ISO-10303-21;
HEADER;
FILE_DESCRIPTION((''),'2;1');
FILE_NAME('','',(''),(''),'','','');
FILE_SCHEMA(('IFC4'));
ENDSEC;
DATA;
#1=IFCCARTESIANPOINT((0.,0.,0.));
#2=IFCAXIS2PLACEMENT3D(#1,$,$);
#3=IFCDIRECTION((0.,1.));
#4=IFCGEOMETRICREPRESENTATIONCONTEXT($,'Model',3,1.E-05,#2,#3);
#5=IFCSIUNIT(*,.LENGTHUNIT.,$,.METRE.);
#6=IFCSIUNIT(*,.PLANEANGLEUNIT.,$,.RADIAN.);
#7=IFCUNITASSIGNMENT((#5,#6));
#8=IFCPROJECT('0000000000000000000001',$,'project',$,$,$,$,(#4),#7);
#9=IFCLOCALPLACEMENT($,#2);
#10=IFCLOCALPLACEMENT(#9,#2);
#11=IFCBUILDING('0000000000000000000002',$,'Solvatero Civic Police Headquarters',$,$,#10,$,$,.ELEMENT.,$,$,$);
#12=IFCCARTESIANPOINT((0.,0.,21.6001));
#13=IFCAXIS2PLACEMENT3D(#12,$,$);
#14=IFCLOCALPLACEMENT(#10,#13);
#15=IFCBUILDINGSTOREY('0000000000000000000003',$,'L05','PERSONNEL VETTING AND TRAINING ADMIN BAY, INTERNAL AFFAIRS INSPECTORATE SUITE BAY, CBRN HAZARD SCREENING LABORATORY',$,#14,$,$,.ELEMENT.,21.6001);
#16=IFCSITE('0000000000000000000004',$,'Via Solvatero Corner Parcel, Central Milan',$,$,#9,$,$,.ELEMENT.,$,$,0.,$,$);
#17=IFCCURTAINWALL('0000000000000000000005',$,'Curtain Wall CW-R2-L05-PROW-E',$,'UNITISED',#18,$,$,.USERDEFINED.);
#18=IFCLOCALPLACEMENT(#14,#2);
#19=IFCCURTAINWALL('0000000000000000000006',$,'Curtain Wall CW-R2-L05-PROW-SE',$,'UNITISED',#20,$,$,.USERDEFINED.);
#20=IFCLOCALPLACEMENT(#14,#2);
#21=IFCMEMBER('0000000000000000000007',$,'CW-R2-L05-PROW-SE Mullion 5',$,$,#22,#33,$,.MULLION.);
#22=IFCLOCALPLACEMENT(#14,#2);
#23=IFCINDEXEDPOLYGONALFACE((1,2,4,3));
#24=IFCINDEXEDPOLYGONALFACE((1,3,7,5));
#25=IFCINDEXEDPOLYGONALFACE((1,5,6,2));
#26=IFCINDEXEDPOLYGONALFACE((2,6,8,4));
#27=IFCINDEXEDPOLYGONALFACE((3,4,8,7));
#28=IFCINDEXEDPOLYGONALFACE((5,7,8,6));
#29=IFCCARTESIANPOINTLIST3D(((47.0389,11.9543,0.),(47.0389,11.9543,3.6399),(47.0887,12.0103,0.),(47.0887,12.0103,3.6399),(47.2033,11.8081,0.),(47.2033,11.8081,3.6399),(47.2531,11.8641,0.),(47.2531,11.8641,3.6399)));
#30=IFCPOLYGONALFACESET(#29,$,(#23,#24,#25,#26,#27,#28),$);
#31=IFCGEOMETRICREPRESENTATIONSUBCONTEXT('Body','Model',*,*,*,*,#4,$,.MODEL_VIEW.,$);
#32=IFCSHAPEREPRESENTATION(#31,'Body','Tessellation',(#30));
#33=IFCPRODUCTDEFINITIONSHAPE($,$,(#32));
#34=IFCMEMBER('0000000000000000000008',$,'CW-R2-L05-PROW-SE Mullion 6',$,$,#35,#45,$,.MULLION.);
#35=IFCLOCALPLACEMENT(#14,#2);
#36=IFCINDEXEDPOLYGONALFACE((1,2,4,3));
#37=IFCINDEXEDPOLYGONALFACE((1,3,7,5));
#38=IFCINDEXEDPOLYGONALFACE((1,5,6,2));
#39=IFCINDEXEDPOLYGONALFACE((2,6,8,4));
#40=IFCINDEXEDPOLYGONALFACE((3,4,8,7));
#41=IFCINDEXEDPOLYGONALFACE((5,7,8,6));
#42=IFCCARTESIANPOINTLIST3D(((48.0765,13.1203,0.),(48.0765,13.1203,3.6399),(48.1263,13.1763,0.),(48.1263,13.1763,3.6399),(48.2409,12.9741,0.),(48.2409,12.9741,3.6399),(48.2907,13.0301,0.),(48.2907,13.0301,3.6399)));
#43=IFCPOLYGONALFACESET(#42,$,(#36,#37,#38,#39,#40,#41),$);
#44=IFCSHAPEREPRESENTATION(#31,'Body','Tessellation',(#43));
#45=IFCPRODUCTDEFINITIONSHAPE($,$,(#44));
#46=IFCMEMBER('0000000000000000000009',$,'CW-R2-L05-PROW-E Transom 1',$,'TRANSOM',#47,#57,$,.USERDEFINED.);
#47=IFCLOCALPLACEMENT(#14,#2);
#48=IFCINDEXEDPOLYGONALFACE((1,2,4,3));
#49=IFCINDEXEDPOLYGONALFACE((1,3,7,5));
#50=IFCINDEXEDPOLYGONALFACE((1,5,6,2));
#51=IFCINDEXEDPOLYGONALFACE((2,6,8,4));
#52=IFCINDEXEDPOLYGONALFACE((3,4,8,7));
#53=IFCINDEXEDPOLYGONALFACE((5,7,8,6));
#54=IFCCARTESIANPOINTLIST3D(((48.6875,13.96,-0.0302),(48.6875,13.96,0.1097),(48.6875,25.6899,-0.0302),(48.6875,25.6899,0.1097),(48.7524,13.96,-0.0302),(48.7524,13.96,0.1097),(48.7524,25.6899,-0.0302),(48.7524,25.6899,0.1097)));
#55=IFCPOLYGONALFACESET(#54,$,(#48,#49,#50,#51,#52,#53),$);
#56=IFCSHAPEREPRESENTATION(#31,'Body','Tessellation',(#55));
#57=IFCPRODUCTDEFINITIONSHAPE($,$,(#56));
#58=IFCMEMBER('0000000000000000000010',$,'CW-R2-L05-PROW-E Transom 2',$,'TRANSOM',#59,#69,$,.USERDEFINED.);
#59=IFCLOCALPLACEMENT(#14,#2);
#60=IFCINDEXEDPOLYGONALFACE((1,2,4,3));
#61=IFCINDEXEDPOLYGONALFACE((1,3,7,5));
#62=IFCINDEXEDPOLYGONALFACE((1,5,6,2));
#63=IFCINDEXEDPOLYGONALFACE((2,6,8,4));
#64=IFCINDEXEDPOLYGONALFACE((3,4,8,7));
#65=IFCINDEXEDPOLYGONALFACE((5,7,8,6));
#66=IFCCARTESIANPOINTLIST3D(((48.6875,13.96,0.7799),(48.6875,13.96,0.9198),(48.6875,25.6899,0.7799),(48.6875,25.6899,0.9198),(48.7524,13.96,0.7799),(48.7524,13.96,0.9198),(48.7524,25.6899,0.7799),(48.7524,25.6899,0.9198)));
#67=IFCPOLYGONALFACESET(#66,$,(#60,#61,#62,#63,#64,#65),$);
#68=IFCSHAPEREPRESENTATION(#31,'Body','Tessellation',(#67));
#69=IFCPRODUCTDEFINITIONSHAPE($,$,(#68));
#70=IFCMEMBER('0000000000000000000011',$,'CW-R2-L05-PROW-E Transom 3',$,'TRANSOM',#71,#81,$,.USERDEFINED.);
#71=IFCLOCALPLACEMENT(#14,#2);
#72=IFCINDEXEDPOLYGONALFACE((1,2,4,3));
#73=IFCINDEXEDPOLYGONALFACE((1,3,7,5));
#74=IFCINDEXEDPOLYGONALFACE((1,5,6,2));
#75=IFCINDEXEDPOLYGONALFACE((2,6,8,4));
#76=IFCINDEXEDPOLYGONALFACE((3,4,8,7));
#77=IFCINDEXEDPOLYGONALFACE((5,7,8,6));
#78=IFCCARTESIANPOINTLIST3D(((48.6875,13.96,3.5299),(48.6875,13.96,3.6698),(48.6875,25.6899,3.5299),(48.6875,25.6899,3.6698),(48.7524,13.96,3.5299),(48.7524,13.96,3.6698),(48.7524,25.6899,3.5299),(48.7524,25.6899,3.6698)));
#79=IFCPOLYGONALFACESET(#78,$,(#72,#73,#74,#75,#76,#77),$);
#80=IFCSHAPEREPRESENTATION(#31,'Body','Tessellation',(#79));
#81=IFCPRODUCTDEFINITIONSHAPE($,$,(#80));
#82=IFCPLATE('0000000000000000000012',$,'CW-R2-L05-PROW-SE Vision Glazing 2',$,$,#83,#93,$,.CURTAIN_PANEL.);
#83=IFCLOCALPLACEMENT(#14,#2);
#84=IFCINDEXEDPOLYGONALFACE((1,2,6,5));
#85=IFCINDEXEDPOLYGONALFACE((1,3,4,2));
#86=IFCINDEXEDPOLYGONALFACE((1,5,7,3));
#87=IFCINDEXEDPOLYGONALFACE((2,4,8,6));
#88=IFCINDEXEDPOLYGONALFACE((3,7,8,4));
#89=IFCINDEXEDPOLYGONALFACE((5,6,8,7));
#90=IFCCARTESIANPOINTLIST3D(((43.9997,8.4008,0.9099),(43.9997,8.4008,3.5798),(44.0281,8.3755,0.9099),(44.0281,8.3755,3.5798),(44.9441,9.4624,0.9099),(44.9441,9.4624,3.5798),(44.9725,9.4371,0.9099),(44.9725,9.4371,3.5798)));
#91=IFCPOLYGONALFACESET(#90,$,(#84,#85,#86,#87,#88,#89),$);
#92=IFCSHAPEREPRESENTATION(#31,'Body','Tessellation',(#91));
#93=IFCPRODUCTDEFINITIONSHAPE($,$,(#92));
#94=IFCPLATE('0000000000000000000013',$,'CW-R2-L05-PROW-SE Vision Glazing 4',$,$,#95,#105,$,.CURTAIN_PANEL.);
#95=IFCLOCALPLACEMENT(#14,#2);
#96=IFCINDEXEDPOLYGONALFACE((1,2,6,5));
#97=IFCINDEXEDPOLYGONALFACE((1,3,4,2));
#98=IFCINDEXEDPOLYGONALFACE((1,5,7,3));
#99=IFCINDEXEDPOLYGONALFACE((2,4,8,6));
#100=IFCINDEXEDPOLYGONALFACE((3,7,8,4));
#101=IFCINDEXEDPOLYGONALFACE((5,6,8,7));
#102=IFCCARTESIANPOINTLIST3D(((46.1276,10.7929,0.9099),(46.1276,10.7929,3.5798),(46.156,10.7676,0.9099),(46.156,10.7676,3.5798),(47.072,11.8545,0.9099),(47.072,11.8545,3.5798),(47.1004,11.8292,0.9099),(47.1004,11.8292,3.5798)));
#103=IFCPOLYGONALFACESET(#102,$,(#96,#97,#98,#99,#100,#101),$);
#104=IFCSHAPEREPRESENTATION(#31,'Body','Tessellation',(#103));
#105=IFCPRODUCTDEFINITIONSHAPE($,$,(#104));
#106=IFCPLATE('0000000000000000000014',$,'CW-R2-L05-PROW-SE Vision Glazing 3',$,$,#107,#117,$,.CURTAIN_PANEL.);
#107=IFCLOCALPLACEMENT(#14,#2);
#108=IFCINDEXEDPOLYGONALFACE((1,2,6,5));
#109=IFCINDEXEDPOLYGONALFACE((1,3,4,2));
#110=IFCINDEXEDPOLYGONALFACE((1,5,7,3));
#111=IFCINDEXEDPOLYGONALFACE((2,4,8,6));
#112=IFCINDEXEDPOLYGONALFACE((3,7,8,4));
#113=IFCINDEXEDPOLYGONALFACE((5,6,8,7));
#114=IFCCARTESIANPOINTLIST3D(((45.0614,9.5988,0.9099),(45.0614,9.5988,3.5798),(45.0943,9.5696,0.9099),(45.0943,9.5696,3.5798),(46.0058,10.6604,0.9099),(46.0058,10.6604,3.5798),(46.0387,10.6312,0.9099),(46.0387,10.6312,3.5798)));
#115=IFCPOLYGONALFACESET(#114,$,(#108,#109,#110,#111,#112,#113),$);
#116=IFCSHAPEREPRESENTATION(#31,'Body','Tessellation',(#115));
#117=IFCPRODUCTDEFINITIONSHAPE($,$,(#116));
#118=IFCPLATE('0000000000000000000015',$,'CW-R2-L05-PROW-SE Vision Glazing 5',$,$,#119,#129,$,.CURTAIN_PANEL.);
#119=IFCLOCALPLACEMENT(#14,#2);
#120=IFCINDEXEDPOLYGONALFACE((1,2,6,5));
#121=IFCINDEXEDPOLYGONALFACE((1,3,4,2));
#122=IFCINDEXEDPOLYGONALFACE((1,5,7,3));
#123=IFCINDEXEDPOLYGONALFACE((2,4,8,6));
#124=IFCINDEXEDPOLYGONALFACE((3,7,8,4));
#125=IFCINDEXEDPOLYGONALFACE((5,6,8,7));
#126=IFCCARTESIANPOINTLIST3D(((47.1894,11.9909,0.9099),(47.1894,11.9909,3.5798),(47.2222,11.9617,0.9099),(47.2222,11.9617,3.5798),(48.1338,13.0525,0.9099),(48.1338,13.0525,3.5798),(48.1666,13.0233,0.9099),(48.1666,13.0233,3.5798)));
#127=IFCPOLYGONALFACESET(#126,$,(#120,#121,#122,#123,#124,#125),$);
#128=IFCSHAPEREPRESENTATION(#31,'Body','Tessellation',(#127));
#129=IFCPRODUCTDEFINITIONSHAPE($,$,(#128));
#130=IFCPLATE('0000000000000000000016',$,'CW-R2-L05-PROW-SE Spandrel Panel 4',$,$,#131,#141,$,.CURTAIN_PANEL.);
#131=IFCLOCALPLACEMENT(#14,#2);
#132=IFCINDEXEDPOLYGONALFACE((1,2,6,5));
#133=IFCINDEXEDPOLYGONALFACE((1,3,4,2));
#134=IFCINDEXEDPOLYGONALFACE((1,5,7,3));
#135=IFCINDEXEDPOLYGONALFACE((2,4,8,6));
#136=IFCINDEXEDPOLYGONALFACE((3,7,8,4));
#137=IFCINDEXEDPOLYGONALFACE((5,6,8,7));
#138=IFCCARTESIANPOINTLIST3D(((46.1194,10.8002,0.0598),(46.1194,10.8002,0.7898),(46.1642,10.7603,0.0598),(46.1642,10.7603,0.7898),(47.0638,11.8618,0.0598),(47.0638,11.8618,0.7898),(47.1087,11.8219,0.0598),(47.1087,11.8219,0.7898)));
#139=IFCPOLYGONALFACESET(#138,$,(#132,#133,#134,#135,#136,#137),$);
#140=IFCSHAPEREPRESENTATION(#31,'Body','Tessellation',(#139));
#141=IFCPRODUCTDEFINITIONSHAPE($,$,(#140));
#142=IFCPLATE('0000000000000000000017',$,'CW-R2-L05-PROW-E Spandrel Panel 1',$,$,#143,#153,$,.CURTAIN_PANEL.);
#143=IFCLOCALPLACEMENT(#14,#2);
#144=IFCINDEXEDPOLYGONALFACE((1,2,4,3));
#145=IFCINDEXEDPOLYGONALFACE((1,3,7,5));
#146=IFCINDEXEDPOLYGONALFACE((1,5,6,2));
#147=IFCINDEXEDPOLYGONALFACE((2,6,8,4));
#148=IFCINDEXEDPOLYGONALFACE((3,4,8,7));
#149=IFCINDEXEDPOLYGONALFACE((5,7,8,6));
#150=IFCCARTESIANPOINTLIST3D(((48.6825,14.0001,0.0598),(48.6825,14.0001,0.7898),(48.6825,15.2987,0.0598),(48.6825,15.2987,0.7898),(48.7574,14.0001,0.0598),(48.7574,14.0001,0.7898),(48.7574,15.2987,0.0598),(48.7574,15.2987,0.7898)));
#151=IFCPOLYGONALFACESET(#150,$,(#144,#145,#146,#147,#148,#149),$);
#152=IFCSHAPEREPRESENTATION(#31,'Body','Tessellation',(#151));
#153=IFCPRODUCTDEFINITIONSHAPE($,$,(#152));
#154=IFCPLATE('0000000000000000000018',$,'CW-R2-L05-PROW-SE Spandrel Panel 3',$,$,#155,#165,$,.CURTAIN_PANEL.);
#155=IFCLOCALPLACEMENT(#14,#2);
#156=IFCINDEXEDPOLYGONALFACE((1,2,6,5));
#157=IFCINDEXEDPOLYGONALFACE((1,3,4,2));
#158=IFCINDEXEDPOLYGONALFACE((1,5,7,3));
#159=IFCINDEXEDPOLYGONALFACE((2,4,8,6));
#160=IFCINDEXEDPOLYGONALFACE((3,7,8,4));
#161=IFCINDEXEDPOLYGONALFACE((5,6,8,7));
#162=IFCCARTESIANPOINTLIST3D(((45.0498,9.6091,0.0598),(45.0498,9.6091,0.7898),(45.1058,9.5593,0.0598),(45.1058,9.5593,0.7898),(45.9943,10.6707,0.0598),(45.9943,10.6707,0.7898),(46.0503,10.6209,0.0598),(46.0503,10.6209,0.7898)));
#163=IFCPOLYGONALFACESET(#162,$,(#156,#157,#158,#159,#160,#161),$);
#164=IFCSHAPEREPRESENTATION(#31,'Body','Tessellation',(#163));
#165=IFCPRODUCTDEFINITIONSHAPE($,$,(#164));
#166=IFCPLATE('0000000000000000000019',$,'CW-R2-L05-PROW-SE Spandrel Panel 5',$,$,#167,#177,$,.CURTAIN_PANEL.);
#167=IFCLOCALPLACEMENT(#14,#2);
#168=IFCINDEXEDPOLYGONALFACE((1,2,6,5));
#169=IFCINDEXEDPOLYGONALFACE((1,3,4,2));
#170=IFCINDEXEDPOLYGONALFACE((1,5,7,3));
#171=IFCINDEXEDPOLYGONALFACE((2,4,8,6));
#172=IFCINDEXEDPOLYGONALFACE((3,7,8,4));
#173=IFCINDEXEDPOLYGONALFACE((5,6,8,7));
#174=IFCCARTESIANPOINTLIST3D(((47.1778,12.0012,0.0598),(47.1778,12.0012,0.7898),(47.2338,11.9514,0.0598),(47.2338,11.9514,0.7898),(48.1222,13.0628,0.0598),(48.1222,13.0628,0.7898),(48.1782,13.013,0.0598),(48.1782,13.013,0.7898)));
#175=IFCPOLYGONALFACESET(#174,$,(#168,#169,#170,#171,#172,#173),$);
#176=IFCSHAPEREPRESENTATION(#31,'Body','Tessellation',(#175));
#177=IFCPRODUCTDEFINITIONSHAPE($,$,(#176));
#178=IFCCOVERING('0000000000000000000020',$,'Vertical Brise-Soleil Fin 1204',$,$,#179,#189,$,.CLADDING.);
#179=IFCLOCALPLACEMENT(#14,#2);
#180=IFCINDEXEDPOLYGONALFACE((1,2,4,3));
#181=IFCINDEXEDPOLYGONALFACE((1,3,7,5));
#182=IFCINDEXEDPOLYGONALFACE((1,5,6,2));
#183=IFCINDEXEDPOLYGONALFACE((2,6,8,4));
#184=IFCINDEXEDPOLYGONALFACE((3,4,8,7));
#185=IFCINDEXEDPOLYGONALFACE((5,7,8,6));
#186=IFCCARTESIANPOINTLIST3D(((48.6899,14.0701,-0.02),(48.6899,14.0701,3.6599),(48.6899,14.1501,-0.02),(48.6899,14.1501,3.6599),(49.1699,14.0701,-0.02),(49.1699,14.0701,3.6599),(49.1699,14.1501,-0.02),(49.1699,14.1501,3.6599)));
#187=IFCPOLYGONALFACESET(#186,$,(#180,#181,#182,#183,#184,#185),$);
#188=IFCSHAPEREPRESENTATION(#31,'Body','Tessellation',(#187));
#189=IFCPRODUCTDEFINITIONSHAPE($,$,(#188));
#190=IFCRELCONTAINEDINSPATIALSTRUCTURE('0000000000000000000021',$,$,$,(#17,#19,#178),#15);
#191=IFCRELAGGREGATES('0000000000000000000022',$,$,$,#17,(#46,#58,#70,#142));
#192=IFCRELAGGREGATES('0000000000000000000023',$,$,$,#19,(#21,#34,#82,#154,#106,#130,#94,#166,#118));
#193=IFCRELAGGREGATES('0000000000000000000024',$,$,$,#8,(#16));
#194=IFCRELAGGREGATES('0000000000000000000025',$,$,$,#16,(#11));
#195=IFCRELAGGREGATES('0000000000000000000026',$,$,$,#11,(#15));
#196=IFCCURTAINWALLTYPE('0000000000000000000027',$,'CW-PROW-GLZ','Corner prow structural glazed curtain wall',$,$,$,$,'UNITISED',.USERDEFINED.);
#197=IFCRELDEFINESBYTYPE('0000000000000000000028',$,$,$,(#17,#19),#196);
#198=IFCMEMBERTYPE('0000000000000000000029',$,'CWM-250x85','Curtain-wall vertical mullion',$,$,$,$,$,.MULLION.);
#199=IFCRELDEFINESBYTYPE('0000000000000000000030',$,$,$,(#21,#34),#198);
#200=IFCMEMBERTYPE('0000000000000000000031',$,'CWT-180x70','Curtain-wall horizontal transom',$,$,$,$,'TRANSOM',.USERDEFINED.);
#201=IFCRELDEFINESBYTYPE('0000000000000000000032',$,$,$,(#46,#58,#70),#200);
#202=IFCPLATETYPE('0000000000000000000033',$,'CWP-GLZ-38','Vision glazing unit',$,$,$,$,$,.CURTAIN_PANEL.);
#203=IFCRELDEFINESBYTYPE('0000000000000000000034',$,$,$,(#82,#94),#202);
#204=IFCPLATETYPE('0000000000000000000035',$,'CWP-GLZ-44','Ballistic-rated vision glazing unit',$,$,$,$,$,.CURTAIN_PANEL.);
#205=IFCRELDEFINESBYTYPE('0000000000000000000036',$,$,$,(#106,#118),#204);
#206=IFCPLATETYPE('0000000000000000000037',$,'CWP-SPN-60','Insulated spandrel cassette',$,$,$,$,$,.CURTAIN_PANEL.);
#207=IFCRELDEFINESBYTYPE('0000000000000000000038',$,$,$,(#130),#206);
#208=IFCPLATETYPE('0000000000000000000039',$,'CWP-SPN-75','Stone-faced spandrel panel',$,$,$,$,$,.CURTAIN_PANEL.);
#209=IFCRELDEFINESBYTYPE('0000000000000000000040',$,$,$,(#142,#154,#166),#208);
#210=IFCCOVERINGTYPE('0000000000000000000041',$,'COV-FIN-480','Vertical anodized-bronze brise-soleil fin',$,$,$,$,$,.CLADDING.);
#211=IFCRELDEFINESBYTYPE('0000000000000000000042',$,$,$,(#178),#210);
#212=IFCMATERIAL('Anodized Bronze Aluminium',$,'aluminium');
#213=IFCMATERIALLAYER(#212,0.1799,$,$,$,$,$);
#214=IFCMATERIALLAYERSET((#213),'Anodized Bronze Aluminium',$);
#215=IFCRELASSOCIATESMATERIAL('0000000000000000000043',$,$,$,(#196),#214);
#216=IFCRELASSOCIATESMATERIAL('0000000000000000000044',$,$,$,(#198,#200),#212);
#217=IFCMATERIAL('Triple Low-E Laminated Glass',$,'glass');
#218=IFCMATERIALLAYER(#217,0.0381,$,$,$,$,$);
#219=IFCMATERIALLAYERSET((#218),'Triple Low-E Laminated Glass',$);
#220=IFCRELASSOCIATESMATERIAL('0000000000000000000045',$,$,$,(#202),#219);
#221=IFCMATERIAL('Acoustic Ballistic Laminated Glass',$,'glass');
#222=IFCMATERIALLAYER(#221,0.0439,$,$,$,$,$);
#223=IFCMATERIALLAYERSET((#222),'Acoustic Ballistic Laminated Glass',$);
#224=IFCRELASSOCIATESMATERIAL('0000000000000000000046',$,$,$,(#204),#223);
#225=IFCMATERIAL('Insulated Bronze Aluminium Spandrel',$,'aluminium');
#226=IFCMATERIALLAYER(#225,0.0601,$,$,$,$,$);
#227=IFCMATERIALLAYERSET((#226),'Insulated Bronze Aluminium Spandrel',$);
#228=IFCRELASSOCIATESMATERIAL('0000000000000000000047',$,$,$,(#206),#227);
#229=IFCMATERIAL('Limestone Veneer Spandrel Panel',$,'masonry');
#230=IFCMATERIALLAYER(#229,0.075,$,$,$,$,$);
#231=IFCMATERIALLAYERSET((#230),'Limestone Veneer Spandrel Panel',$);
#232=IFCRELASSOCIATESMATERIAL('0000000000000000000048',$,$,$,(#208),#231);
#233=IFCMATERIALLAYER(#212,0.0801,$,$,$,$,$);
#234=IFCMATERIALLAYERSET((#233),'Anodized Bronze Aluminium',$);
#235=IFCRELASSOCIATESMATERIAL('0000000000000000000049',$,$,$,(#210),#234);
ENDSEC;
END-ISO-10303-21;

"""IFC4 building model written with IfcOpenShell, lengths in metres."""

from ifc_helpers import new_model, si_unit, direction, frame, origin, origin_2d, place, context, subcontext, project, spatial, rectangle, extrude, material, layer, layer_set, material_profile, profile_set, type_object, element, aggregate, save


model = new_model("IFC4")

# Units and contexts
model_context = context("Model", 3, precision=1e-05, world=origin(), true_north=direction((0.0, 1.0)))
body_context = subcontext(model_context, "Body", "Model", "MODEL_VIEW")
ifc_project = project(units=[si_unit("LENGTHUNIT", "METRE"), si_unit("PLANEANGLEUNIT", "RADIAN")], contexts=[model_context])

# Site, building, storey
site_placement = place(None, origin())
site = spatial("IfcSite", under=ifc_project, at=site_placement, Name="Via Solvatero Corner Parcel, Central Milan", CompositionType="ELEMENT", RefElevation=0.0)
building_placement = place(site_placement, origin())
building = spatial("IfcBuilding", under=site, at=building_placement, Name="Solvatero Civic Police Headquarters", CompositionType="ELEMENT")
storey_placement = place(building_placement, frame((0.0, 0.0, 21.6001)))
storey = spatial("IfcBuildingStorey", under=building, at=storey_placement, Name="L05", Description="PERSONNEL VETTING AND TRAINING ADMIN BAY, INTERNAL AFFAIRS INSPECTORATE SUITE BAY, CBRN HAZARD SCREENING LABORATORY", CompositionType="ELEMENT", Elevation=21.6001)

# Curtain wall
ifc_material_1 = material(Name="Anodized Bronze Aluminium", Category="aluminium")
ifc_layer_1 = layer(ifc_material_1, 0.1799)
ifc_layer_set_1 = layer_set([ifc_layer_1], Name="Anodized Bronze Aluminium")
curtain_wall_type = type_object("IfcCurtainWallType", Name="CW-PROW-GLZ", Description="Corner prow structural glazed curtain wall", ElementType="UNITISED", PredefinedType="USERDEFINED", material=ifc_layer_set_1)
curtain_wall_1_placement = place(storey_placement, origin())
curtain_wall_1 = element("IfcCurtainWall", 1, at=curtain_wall_1_placement, inside=storey, type_object=curtain_wall_type, Name="Curtain Wall CW-R2-L05-PROW-E", ObjectType="UNITISED", PredefinedType="USERDEFINED")

# Curtain wall, members
curtain_wall_2_placement = place(storey_placement, origin())
curtain_wall_2 = element("IfcCurtainWall", 2, at=curtain_wall_2_placement, inside=storey, type_object=curtain_wall_type, Name="Curtain Wall CW-R2-L05-PROW-SE", ObjectType="UNITISED", PredefinedType="USERDEFINED")
ifc_material_profile_1 = material_profile(ifc_material_1, rectangle(XDim=0.075, YDim=0.22, at=origin_2d()), Name="ALU MULLION 75x220")
ifc_profile_set_1 = profile_set([ifc_material_profile_1], Name="Anodized Bronze Aluminium")
member_type_1 = type_object("IfcMemberType", Name="CWM-250x85", Description="Curtain-wall vertical mullion", PredefinedType="MULLION", material=ifc_profile_set_1)
member_1_placement = place(storey_placement, frame((47.146, 11.9092, 0.0), z_axis=(0.0, 0.0, 1.0), x_axis=(0.664657, 0.747149, 0.0)))
member_1 = element("IfcMember", 3, at=member_1_placement, type_object=member_type_1, Name="CW-R2-L05-PROW-SE Mullion 5", PredefinedType="MULLION", context=body_context, shape_type="SweptSolid", body=[
    extrude(rectangle(XDim=0.075, YDim=0.22, at=origin_2d()), origin(), (0.0, 0.0, 1.0), 3.6399),
])
member_2_placement = place(storey_placement, frame((48.1836, 13.0752, 0.0), z_axis=(0.0, 0.0, 1.0), x_axis=(0.664657, 0.747149, 0.0)))
member_2 = element("IfcMember", 4, at=member_2_placement, type_object=member_type_1, Name="CW-R2-L05-PROW-SE Mullion 6", PredefinedType="MULLION", context=body_context, shape_type="SweptSolid", body=[
    extrude(rectangle(XDim=0.075, YDim=0.22, at=origin_2d()), origin(), (0.0, 0.0, 1.0), 3.6399),
])

# Members
ifc_material_profile_2 = material_profile(ifc_material_1, rectangle(XDim=0.0649, YDim=0.1399, at=origin_2d()), Name="ALU TRANSOM 65x140")
ifc_profile_set_2 = profile_set([ifc_material_profile_2], Name="Anodized Bronze Aluminium")
member_type_2 = type_object("IfcMemberType", Name="CWT-180x70", Description="Curtain-wall horizontal transom", ElementType="TRANSOM", PredefinedType="USERDEFINED", material=ifc_profile_set_2)
member_3_placement = place(storey_placement, frame((48.72, 13.96, 0.0398), z_axis=(0.0, 1.0, 0.0), x_axis=(-1.0, 0.0, 0.0)))
member_3 = element("IfcMember", 5, at=member_3_placement, type_object=member_type_2, Name="CW-R2-L05-PROW-E Transom 1", ObjectType="TRANSOM", PredefinedType="USERDEFINED", context=body_context, shape_type="SweptSolid", body=[
    extrude(rectangle(XDim=0.0649, YDim=0.1399, at=origin_2d()), origin(), (0.0, 0.0, 1.0), 11.73),
])
member_4_placement = place(storey_placement, frame((48.72, 13.96, 0.8499), z_axis=(0.0, 1.0, 0.0), x_axis=(-1.0, 0.0, 0.0)))
member_4 = element("IfcMember", 6, at=member_4_placement, type_object=member_type_2, Name="CW-R2-L05-PROW-E Transom 2", ObjectType="TRANSOM", PredefinedType="USERDEFINED", context=body_context, shape_type="SweptSolid", body=[
    extrude(rectangle(XDim=0.0649, YDim=0.1399, at=origin_2d()), origin(), (0.0, 0.0, 1.0), 11.73),
])
member_5_placement = place(storey_placement, frame((48.72, 13.96, 3.5999), z_axis=(0.0, 1.0, 0.0), x_axis=(-1.0, 0.0, 0.0)))
member_5 = element("IfcMember", 7, at=member_5_placement, type_object=member_type_2, Name="CW-R2-L05-PROW-E Transom 3", ObjectType="TRANSOM", PredefinedType="USERDEFINED", context=body_context, shape_type="SweptSolid", body=[
    extrude(rectangle(XDim=0.0649, YDim=0.1399, at=origin_2d()), origin(), (0.0, 0.0, 1.0), 11.73),
])

# Plates
ifc_material_2 = material(Name="Triple Low-E Laminated Glass", Category="glass")
ifc_layer_2 = layer(ifc_material_2, 0.0381)
ifc_layer_set_2 = layer_set([ifc_layer_2], Name="Triple Low-E Laminated Glass")
plate_type_1 = type_object("IfcPlateType", Name="CWP-GLZ-38", Description="Vision glazing unit", PredefinedType="CURTAIN_PANEL", material=ifc_layer_set_2)
plate_1_placement = place(storey_placement, frame((44.4861, 8.9189, 0.9099), z_axis=(0.0, 0.0, 1.0), x_axis=(0.664657, 0.747149, 0.0)))
plate_1 = element("IfcPlate", 8, at=plate_1_placement, type_object=plate_type_1, Name="CW-R2-L05-PROW-SE Vision Glazing 2", PredefinedType="CURTAIN_PANEL", context=body_context, shape_type="SweptSolid", body=[
    extrude(rectangle(XDim=1.4209, YDim=0.0381, at=origin_2d()), origin(), (0.0, 0.0, 1.0), 2.6699),
])
plate_2_placement = place(storey_placement, frame((46.614, 11.311, 0.9099), z_axis=(0.0, 0.0, 1.0), x_axis=(0.664657, 0.747149, 0.0)))
plate_2 = element("IfcPlate", 9, at=plate_2_placement, type_object=plate_type_1, Name="CW-R2-L05-PROW-SE Vision Glazing 4", PredefinedType="CURTAIN_PANEL", context=body_context, shape_type="SweptSolid", body=[
    extrude(rectangle(XDim=1.4209, YDim=0.0381, at=origin_2d()), origin(), (0.0, 0.0, 1.0), 2.6699),
])
ifc_material_3 = material(Name="Acoustic Ballistic Laminated Glass", Category="glass")
ifc_layer_3 = layer(ifc_material_3, 0.0439)
ifc_layer_set_3 = layer_set([ifc_layer_3], Name="Acoustic Ballistic Laminated Glass")
plate_type_2 = type_object("IfcPlateType", Name="CWP-GLZ-44", Description="Ballistic-rated vision glazing unit", PredefinedType="CURTAIN_PANEL", material=ifc_layer_set_3)
plate_3_placement = place(storey_placement, frame((45.55, 10.115, 0.9099), z_axis=(0.0, 0.0, 1.0), x_axis=(0.664657, 0.747149, 0.0)))
plate_3 = element("IfcPlate", 10, at=plate_3_placement, type_object=plate_type_2, Name="CW-R2-L05-PROW-SE Vision Glazing 3", PredefinedType="CURTAIN_PANEL", context=body_context, shape_type="SweptSolid", body=[
    extrude(rectangle(XDim=1.4209, YDim=0.0439, at=origin_2d()), origin(), (0.0, 0.0, 1.0), 2.6699),
])
plate_4_placement = place(storey_placement, frame((47.678, 12.5071, 0.9099), z_axis=(0.0, 0.0, 1.0), x_axis=(0.664657, 0.747149, 0.0)))
plate_4 = element("IfcPlate", 11, at=plate_4_placement, type_object=plate_type_2, Name="CW-R2-L05-PROW-SE Vision Glazing 5", PredefinedType="CURTAIN_PANEL", context=body_context, shape_type="SweptSolid", body=[
    extrude(rectangle(XDim=1.4209, YDim=0.0439, at=origin_2d()), origin(), (0.0, 0.0, 1.0), 2.6699),
])
ifc_material_4 = material(Name="Insulated Bronze Aluminium Spandrel", Category="aluminium")
ifc_layer_4 = layer(ifc_material_4, 0.0601)
ifc_layer_set_4 = layer_set([ifc_layer_4], Name="Insulated Bronze Aluminium Spandrel")
plate_type_3 = type_object("IfcPlateType", Name="CWP-SPN-60", Description="Insulated spandrel cassette", PredefinedType="CURTAIN_PANEL", material=ifc_layer_set_4)
plate_5_placement = place(storey_placement, frame((46.614, 11.311, 0.0598), z_axis=(0.0, 0.0, 1.0), x_axis=(0.664657, 0.747149, 0.0)))
plate_5 = element("IfcPlate", 12, at=plate_5_placement, type_object=plate_type_3, Name="CW-R2-L05-PROW-SE Spandrel Panel 4", PredefinedType="CURTAIN_PANEL", context=body_context, shape_type="SweptSolid", body=[
    extrude(rectangle(XDim=1.4209, YDim=0.0601, at=origin_2d()), origin(), (0.0, 0.0, 1.0), 0.73),
])
ifc_material_5 = material(Name="Limestone Veneer Spandrel Panel", Category="masonry")
ifc_layer_5 = layer(ifc_material_5, 0.075)
ifc_layer_set_5 = layer_set([ifc_layer_5], Name="Limestone Veneer Spandrel Panel")
plate_type_4 = type_object("IfcPlateType", Name="CWP-SPN-75", Description="Stone-faced spandrel panel", PredefinedType="CURTAIN_PANEL", material=ifc_layer_set_5)
plate_6_placement = place(storey_placement, frame((48.72, 14.6494, 0.0598), z_axis=(0.0, 0.0, 1.0), x_axis=(0.0, 1.0, 0.0)))
plate_6 = element("IfcPlate", 13, at=plate_6_placement, type_object=plate_type_4, Name="CW-R2-L05-PROW-E Spandrel Panel 1", PredefinedType="CURTAIN_PANEL", context=body_context, shape_type="SweptSolid", body=[
    extrude(rectangle(XDim=1.2986, YDim=0.075, at=origin_2d()), origin(), (0.0, 0.0, 1.0), 0.73),
])
aggregate(curtain_wall_1, [member_3, member_4, member_5, plate_6])
plate_7_placement = place(storey_placement, frame((45.55, 10.115, 0.0598), z_axis=(0.0, 0.0, 1.0), x_axis=(0.664657, 0.747149, 0.0)))
plate_7 = element("IfcPlate", 14, at=plate_7_placement, type_object=plate_type_4, Name="CW-R2-L05-PROW-SE Spandrel Panel 3", PredefinedType="CURTAIN_PANEL", context=body_context, shape_type="SweptSolid", body=[
    extrude(rectangle(XDim=1.4209, YDim=0.075, at=origin_2d()), origin(), (0.0, 0.0, 1.0), 0.73),
])
plate_8_placement = place(storey_placement, frame((47.678, 12.5071, 0.0598), z_axis=(0.0, 0.0, 1.0), x_axis=(0.664657, 0.747149, 0.0)))
plate_8 = element("IfcPlate", 15, at=plate_8_placement, type_object=plate_type_4, Name="CW-R2-L05-PROW-SE Spandrel Panel 5", PredefinedType="CURTAIN_PANEL", context=body_context, shape_type="SweptSolid", body=[
    extrude(rectangle(XDim=1.4209, YDim=0.075, at=origin_2d()), origin(), (0.0, 0.0, 1.0), 0.73),
])
aggregate(curtain_wall_2, [member_1, member_2, plate_1, plate_7, plate_3, plate_5, plate_2, plate_8, plate_4])

# Covering
ifc_layer_6 = layer(ifc_material_1, 0.0801)
ifc_layer_set_6 = layer_set([ifc_layer_6], Name="Anodized Bronze Aluminium")
covering_type = type_object("IfcCoveringType", Name="COV-FIN-480", Description="Vertical anodized-bronze brise-soleil fin", PredefinedType="CLADDING", material=ifc_layer_set_6)
covering_placement = place(storey_placement, frame((48.9299, 14.1101, -0.02), z_axis=(0.0, 0.0, 1.0), x_axis=(0.0, 1.0, 0.0)))
element("IfcCovering", 16, at=covering_placement, inside=storey, type_object=covering_type, Name="Vertical Brise-Soleil Fin 1204", PredefinedType="CLADDING", context=body_context, shape_type="SweptSolid", body=[
    extrude(rectangle(XDim=0.0801, YDim=0.48, at=origin_2d()), origin(), (0.0, 0.0, 1.0), 3.6799),
])

save(model, "model.ifc")
